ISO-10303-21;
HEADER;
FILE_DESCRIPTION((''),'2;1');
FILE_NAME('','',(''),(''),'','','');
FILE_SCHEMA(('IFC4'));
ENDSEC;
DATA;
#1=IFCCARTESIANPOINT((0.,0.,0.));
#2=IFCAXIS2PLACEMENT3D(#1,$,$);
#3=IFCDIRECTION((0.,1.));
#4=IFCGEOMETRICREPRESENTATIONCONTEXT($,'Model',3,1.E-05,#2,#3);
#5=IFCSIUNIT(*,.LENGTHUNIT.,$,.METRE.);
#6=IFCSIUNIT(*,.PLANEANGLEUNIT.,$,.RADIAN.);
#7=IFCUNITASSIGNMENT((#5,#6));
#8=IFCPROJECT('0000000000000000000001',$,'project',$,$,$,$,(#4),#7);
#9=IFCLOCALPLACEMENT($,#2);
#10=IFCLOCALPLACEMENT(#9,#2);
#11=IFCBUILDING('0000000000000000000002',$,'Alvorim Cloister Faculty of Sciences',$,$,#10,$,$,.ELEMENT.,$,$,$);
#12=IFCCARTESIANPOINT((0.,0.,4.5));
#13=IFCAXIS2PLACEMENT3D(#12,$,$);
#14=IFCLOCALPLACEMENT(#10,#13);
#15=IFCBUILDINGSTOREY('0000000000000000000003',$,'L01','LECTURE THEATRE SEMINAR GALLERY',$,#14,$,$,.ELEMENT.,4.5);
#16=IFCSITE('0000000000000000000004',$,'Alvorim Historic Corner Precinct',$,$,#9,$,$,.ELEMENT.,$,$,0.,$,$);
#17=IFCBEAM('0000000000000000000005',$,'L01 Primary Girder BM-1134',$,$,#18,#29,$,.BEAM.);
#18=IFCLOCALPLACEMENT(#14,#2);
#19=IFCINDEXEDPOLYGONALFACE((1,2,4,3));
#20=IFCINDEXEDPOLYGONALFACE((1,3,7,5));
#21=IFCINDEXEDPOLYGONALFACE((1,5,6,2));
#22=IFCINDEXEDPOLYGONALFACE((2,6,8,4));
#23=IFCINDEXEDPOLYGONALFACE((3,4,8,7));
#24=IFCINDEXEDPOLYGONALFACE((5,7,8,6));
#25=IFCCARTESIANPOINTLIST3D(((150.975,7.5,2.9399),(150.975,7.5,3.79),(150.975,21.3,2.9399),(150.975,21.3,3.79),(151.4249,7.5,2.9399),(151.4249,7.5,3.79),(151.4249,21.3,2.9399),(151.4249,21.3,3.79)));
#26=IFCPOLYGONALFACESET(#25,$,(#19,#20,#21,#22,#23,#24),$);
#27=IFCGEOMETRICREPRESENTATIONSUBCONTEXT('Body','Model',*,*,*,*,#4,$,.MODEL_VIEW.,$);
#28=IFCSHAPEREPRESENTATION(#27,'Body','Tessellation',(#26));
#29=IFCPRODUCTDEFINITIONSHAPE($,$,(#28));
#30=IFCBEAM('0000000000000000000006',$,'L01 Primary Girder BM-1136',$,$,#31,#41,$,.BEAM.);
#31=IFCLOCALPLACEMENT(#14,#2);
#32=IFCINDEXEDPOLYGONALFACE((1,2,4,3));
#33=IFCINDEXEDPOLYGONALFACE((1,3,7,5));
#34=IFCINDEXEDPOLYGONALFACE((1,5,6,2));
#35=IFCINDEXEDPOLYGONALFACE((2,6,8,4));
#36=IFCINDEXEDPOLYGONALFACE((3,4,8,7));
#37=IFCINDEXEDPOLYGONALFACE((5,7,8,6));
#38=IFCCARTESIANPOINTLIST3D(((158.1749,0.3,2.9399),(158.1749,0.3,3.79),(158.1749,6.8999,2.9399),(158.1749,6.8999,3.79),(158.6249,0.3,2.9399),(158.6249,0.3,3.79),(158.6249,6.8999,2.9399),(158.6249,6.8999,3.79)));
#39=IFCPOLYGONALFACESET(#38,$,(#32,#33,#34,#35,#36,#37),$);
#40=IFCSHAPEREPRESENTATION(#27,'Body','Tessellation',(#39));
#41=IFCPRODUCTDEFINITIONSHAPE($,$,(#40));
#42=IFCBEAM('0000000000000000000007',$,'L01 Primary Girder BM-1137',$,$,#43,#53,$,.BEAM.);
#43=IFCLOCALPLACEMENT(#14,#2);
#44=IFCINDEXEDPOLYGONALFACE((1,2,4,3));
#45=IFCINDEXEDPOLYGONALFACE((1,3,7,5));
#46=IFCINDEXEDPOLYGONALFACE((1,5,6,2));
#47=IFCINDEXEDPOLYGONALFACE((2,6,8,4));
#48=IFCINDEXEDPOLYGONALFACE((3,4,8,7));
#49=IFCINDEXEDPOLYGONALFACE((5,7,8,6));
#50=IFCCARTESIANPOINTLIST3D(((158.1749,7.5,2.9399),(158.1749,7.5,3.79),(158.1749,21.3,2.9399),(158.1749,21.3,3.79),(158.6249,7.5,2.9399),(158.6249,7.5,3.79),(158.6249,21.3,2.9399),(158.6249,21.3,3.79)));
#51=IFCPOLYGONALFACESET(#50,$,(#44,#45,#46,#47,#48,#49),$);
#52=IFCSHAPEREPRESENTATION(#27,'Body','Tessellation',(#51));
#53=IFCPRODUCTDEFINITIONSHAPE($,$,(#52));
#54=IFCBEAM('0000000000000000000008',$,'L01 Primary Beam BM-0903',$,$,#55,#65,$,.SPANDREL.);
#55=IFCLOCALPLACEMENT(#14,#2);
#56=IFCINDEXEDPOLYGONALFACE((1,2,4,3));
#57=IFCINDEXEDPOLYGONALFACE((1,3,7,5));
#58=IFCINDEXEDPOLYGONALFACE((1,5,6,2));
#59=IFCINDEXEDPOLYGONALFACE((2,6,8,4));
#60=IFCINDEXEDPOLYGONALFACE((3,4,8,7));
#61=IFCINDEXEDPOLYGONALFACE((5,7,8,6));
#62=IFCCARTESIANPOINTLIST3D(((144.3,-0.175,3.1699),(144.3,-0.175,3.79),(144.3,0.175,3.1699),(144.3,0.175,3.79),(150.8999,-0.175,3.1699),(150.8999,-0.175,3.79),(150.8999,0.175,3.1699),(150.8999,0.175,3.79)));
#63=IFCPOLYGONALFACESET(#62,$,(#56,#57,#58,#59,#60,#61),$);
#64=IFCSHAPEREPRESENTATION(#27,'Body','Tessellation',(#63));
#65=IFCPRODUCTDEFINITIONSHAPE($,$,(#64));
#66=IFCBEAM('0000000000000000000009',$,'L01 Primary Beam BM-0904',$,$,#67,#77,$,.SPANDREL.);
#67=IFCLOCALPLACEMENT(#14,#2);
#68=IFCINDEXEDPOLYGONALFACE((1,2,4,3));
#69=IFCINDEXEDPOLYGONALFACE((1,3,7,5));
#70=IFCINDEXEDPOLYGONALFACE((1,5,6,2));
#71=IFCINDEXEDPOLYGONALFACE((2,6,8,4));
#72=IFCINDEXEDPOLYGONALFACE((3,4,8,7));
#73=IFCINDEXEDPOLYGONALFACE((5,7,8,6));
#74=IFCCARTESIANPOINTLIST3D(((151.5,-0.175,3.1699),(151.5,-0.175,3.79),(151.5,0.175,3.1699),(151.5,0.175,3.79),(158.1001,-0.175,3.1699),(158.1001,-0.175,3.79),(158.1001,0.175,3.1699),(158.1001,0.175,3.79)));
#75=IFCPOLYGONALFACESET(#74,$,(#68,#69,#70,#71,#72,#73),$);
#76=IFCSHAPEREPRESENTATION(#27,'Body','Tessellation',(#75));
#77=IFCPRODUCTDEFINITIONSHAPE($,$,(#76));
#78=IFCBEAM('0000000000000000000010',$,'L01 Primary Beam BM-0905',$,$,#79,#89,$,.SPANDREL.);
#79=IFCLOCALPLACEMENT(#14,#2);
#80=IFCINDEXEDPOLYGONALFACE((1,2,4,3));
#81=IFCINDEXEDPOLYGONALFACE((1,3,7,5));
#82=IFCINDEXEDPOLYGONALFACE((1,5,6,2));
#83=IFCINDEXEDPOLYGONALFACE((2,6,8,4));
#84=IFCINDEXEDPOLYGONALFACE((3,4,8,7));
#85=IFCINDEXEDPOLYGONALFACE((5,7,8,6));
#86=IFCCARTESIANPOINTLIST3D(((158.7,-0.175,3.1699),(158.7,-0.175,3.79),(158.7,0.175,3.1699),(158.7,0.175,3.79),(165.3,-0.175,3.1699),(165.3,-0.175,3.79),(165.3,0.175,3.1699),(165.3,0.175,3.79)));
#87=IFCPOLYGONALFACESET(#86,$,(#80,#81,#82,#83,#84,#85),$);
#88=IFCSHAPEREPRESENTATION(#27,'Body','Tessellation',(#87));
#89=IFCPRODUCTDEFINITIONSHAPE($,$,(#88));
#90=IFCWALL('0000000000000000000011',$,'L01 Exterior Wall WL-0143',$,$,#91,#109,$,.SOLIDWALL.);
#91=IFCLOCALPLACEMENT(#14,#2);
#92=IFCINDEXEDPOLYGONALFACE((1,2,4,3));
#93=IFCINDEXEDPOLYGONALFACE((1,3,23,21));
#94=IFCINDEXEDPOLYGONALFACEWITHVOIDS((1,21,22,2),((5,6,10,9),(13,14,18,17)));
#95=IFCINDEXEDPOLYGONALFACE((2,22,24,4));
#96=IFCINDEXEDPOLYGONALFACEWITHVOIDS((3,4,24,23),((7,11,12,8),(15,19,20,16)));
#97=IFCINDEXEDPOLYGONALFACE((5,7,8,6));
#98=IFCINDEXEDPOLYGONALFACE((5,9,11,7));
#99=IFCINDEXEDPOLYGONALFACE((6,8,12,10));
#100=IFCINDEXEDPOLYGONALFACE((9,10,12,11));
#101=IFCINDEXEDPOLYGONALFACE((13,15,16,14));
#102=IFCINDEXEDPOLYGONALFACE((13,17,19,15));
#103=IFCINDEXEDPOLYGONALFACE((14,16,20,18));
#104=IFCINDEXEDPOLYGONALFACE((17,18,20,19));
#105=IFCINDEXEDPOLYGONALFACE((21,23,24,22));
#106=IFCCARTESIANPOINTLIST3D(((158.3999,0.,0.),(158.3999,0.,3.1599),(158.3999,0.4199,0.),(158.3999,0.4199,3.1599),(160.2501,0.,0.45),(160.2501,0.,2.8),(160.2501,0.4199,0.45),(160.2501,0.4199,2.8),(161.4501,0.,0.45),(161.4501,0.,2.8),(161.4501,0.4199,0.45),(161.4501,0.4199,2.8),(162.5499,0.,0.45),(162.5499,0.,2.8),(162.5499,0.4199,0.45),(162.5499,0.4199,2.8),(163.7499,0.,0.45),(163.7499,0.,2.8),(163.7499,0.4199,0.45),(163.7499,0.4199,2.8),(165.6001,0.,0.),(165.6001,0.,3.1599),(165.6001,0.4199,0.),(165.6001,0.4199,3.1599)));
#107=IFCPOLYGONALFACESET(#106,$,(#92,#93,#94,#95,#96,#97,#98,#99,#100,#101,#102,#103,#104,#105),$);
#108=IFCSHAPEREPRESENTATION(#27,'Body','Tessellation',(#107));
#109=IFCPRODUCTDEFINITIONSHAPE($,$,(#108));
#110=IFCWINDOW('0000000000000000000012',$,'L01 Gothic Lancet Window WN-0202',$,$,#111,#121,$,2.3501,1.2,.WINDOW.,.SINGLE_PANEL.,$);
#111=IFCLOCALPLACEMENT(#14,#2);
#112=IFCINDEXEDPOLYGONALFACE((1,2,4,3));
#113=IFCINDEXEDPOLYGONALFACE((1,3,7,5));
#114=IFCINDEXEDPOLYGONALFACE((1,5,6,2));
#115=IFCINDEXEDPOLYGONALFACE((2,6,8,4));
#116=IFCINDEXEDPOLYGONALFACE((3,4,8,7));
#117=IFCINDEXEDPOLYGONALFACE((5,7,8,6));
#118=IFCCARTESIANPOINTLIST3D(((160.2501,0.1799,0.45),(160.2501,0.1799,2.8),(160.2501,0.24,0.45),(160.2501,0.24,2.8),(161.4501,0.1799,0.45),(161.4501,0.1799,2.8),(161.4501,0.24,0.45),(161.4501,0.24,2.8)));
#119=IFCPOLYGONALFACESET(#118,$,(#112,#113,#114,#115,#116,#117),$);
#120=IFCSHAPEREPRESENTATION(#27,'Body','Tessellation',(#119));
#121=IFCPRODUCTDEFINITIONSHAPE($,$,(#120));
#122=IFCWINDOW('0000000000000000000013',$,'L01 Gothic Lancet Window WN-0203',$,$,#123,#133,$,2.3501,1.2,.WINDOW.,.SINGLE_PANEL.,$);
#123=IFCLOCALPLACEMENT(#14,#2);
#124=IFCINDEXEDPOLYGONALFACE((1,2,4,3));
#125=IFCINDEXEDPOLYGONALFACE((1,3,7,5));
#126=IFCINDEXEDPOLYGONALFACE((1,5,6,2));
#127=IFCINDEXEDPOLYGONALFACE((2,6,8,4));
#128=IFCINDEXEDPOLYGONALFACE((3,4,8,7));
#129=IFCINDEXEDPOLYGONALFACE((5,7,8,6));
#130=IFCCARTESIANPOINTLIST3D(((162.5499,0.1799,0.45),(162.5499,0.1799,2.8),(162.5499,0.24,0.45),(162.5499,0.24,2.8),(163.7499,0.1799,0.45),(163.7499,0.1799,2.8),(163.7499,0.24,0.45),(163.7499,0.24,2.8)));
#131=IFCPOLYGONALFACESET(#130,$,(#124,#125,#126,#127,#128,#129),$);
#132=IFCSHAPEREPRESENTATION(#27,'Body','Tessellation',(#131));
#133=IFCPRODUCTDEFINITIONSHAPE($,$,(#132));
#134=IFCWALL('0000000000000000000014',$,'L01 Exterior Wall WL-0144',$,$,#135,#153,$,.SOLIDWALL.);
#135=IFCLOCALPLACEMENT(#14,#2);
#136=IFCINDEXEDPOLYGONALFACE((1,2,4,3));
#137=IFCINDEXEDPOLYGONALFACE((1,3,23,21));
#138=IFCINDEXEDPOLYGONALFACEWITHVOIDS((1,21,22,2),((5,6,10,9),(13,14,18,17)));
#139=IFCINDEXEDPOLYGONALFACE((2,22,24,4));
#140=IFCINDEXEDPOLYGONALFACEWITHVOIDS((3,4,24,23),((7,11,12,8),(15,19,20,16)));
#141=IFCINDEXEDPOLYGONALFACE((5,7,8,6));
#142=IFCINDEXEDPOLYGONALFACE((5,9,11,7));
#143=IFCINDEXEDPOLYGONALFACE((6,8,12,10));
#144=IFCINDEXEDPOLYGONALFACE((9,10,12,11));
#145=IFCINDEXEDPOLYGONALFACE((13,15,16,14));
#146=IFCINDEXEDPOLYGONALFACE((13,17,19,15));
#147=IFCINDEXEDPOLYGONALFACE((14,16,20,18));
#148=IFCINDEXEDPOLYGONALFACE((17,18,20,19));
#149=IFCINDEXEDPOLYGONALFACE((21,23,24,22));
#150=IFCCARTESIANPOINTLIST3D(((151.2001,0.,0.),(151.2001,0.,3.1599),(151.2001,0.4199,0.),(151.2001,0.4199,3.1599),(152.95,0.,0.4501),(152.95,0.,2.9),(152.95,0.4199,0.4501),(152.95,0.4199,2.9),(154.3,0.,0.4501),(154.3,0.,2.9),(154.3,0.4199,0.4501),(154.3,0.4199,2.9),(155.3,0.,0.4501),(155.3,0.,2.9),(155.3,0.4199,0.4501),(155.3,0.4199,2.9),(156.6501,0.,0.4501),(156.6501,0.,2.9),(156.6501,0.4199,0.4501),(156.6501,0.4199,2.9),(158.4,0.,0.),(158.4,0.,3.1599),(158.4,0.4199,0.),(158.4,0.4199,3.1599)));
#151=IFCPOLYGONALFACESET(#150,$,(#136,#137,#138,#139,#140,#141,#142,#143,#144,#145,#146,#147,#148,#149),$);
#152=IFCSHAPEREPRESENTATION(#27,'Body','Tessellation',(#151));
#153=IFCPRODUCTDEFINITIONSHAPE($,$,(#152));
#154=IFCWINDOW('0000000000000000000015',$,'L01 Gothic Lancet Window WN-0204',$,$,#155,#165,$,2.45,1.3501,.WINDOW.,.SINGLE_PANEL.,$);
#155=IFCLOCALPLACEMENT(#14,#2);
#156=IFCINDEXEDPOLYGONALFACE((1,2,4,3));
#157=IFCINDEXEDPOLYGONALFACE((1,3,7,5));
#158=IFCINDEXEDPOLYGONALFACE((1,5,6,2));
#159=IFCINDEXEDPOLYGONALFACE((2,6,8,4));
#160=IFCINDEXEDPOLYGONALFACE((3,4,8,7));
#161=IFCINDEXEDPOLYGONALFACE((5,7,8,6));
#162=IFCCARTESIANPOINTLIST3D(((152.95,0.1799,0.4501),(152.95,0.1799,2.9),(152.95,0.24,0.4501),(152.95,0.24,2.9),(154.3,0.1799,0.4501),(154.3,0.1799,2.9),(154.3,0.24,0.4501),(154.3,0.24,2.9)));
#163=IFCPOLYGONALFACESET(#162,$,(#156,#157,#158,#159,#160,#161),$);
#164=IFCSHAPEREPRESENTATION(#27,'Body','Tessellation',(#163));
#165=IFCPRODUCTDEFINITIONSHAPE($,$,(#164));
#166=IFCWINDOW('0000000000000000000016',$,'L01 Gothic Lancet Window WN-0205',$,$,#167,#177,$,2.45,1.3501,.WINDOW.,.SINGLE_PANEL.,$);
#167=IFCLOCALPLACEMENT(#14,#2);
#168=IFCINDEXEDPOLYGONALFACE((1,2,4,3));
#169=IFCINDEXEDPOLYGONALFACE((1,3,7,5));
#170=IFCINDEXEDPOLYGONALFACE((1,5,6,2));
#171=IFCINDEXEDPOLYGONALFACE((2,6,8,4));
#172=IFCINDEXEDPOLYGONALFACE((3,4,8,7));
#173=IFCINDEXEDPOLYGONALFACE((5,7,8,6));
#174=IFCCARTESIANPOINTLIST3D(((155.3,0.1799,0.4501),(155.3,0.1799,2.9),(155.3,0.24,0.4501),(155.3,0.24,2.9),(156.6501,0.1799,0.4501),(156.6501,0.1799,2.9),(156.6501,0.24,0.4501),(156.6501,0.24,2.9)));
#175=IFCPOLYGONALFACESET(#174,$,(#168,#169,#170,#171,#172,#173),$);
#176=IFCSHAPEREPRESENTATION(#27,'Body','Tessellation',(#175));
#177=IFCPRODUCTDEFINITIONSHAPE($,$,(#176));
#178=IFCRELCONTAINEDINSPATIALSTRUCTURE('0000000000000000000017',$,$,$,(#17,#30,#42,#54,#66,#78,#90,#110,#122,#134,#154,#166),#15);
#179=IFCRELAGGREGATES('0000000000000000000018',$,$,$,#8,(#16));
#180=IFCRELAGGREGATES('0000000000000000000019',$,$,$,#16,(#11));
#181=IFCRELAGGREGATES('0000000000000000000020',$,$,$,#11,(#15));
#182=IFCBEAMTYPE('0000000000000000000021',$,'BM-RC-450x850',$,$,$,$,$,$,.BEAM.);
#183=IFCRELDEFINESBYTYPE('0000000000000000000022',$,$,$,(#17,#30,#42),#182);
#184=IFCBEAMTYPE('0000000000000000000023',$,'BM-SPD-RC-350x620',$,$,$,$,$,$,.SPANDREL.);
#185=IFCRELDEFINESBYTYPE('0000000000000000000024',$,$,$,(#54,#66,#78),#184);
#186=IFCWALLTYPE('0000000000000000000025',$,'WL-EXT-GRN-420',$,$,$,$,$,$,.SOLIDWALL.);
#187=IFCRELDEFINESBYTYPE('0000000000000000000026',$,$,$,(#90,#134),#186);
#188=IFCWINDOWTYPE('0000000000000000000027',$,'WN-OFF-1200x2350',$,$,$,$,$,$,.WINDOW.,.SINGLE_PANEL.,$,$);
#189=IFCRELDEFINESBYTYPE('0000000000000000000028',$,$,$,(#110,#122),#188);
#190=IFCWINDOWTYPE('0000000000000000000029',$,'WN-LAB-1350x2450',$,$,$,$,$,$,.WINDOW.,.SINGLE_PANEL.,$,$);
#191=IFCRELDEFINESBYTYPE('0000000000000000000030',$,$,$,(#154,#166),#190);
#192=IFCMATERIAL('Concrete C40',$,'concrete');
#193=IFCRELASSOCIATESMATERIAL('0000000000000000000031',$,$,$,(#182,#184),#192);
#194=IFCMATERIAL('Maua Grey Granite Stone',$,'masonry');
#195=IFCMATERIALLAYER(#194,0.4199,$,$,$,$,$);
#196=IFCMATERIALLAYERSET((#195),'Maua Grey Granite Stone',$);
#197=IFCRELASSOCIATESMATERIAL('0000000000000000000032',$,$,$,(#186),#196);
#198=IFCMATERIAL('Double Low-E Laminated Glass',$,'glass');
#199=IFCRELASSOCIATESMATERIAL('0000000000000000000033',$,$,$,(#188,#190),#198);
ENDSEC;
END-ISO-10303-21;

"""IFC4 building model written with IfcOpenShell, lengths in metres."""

from ifc_helpers import new_model, si_unit, direction, frame, frame_2d, origin, origin_2d, place, context, subcontext, project, spatial, rectangle, extrude, material, layer, layer_set, material_profile, profile_set, type_object, element, fill, save


model = new_model("IFC4")

# Units and contexts
model_context = context("Model", 3, precision=1e-05, world=origin(), true_north=direction((0.0, 1.0)))
body_context = subcontext(model_context, "Body", "Model", "MODEL_VIEW")
ifc_project = project(units=[si_unit("LENGTHUNIT", "METRE"), si_unit("PLANEANGLEUNIT", "RADIAN")], contexts=[model_context])

# Site, building, storey
site_placement = place(None, origin())
site = spatial("IfcSite", under=ifc_project, at=site_placement, Name="Alvorim Historic Corner Precinct", CompositionType="ELEMENT", RefElevation=0.0)
building_placement = place(site_placement, origin())
building = spatial("IfcBuilding", under=site, at=building_placement, Name="Alvorim Cloister Faculty of Sciences", CompositionType="ELEMENT")
storey_placement = place(building_placement, frame((0.0, 0.0, 4.5)))
storey = spatial("IfcBuildingStorey", under=building, at=storey_placement, Name="L01", Description="LECTURE THEATRE SEMINAR GALLERY", CompositionType="ELEMENT", Elevation=4.5)

# Shared definitions
ifc_material_1 = material(Name="Concrete C40", Category="concrete")

# Beams
ifc_material_profile_1 = material_profile(ifc_material_1, rectangle(XDim=0.45, YDim=0.8501, at=origin_2d()), Name="RC40-BM-450x850")
ifc_profile_set_1 = profile_set([ifc_material_profile_1], Name="Concrete C40")
beam_type_1 = type_object("IfcBeamType", Name="BM-RC-450x850", PredefinedType="BEAM", material=ifc_profile_set_1)
beam_1_placement = place(storey_placement, frame((151.2, 7.5, 3.365), z_axis=(0.0, 1.0, 0.0), x_axis=(-1.0, 0.0, 0.0)))
element("IfcBeam", 1, at=beam_1_placement, inside=storey, type_object=beam_type_1, Name="L01 Primary Girder BM-1134", PredefinedType="BEAM", context=body_context, shape_type="SweptSolid", body=[
    extrude(rectangle(XDim=0.45, YDim=0.8501, at=origin_2d()), origin(), (0.0, 0.0, 1.0), 13.8),
])
beam_2_placement = place(storey_placement, frame((158.3999, 0.3, 3.365), z_axis=(0.0, 1.0, 0.0), x_axis=(-1.0, 0.0, 0.0)))
element("IfcBeam", 2, at=beam_2_placement, inside=storey, type_object=beam_type_1, Name="L01 Primary Girder BM-1136", PredefinedType="BEAM", context=body_context, shape_type="SweptSolid", body=[
    extrude(rectangle(XDim=0.45, YDim=0.8501, at=origin_2d()), origin(), (0.0, 0.0, 1.0), 6.5999),
])
beam_3_placement = place(storey_placement, frame((158.3999, 7.5, 3.365), z_axis=(0.0, 1.0, 0.0), x_axis=(-1.0, 0.0, 0.0)))
element("IfcBeam", 3, at=beam_3_placement, inside=storey, type_object=beam_type_1, Name="L01 Primary Girder BM-1137", PredefinedType="BEAM", context=body_context, shape_type="SweptSolid", body=[
    extrude(rectangle(XDim=0.45, YDim=0.8501, at=origin_2d()), origin(), (0.0, 0.0, 1.0), 13.8),
])
ifc_material_profile_2 = material_profile(ifc_material_1, rectangle(XDim=0.3501, YDim=0.6201, at=origin_2d()), Name="RC40-SPD-350x620")
ifc_profile_set_2 = profile_set([ifc_material_profile_2], Name="Concrete C40")
beam_type_2 = type_object("IfcBeamType", Name="BM-SPD-RC-350x620", PredefinedType="SPANDREL", material=ifc_profile_set_2)
beam_4_placement = place(storey_placement, frame((144.3, 0.0, 3.48), z_axis=(1.0, 0.0, 0.0), x_axis=(0.0, 1.0, 0.0)))
element("IfcBeam", 4, at=beam_4_placement, inside=storey, type_object=beam_type_2, Name="L01 Primary Beam BM-0903", PredefinedType="SPANDREL", context=body_context, shape_type="SweptSolid", body=[
    extrude(rectangle(XDim=0.3501, YDim=0.6201, at=origin_2d()), origin(), (0.0, 0.0, 1.0), 6.5999),
])
for number, where, z_axis, x_axis, name in (
    (5, (151.5, 0.0, 3.48), (1.0, 0.0, 0.0), (0.0, 1.0, 0.0), "L01 Primary Beam BM-0904"),
    (6, (158.7, 0.0, 3.48), (1.0, 0.0, 0.0), (0.0, 1.0, 0.0), "L01 Primary Beam BM-0905"),
):
    element("IfcBeam", number, at=place(storey_placement, frame(where, z_axis=z_axis, x_axis=x_axis)), inside=storey, type_object=beam_type_2, Name=name, PredefinedType="SPANDREL", context=body_context, shape_type="SweptSolid", body=[
        extrude(rectangle(XDim=0.3501, YDim=0.6201, at=origin_2d()), origin(), (0.0, 0.0, 1.0), 6.6001),
    ])

# Walls, openings, windows
ifc_material_2 = material(Name="Maua Grey Granite Stone", Category="masonry")
ifc_layer = layer(ifc_material_2, 0.4199)
ifc_layer_set = layer_set([ifc_layer], Name="Maua Grey Granite Stone")
wall_type = type_object("IfcWallType", Name="WL-EXT-GRN-420", PredefinedType="SOLIDWALL", material=ifc_layer_set)
wall_1_placement = place(storey_placement, frame((158.3999, 0.21, 0.0), z_axis=(0.0, 0.0, 1.0), x_axis=(1.0, 0.0, 0.0)))
wall_1 = element("IfcWall", 7, at=wall_1_placement, inside=storey, type_object=wall_type, Name="L01 Exterior Wall WL-0143", PredefinedType="SOLIDWALL", context=body_context, shape_type="SweptSolid", body=[
    extrude(rectangle(XDim=7.2002, YDim=0.4199, at=frame_2d((3.6001, 0.0))), origin(), (0.0, 0.0, 1.0), 3.1599),
])
opening_1_placement = place(wall_1_placement, frame((1.8501, 0.0, 0.45)))
opening_1 = element("IfcOpeningElement", 8, at=opening_1_placement, cuts=wall_1, PredefinedType="OPENING", context=body_context, shape_type="SweptSolid", body=[
    extrude(rectangle(XDim=1.2, YDim=2.3501, at=frame_2d((0.6001, 1.175))), frame((0.0, 0.2219, 0.0), z_axis=(0.0, -1.0, 0.0), x_axis=(1.0, 0.0, 0.0)), (0.0, 0.0, 1.0), 0.4438),
])
opening_2_placement = place(wall_1_placement, frame((4.1499, 0.0, 0.45)))
opening_2 = element("IfcOpeningElement", 9, at=opening_2_placement, cuts=wall_1, PredefinedType="OPENING", context=body_context, shape_type="SweptSolid", body=[
    extrude(rectangle(XDim=1.2, YDim=2.3501, at=frame_2d((0.6001, 1.175))), frame((0.0, 0.2219, 0.0), z_axis=(0.0, -1.0, 0.0), x_axis=(1.0, 0.0, 0.0)), (0.0, 0.0, 1.0), 0.4438),
])
ifc_material_3 = material(Name="Double Low-E Laminated Glass", Category="glass")
window_type_1 = type_object("IfcWindowType", Name="WN-OFF-1200x2350", PartitioningType="SINGLE_PANEL", PredefinedType="WINDOW", material=ifc_material_3)
window_1_placement = place(opening_1_placement, origin())
window_1 = element("IfcWindow", 10, at=window_1_placement, inside=storey, type_object=window_type_1, Name="L01 Gothic Lancet Window WN-0202", OverallHeight=2.3501, OverallWidth=1.2, PartitioningType="SINGLE_PANEL", PredefinedType="WINDOW", context=body_context, shape_type="SweptSolid", body=[
    extrude(rectangle(XDim=1.2, YDim=2.3501, at=frame_2d((0.6001, 1.175))), frame((0.0, 0.03, 0.0), z_axis=(0.0, -1.0, 0.0), x_axis=(1.0, 0.0, 0.0)), (0.0, 0.0, 1.0), 0.0601),
])
fill(opening_1, window_1)
window_2_placement = place(opening_2_placement, origin())
window_2 = element("IfcWindow", 11, at=window_2_placement, inside=storey, type_object=window_type_1, Name="L01 Gothic Lancet Window WN-0203", OverallHeight=2.3501, OverallWidth=1.2, PartitioningType="SINGLE_PANEL", PredefinedType="WINDOW", context=body_context, shape_type="SweptSolid", body=[
    extrude(rectangle(XDim=1.2, YDim=2.3501, at=frame_2d((0.6001, 1.175))), frame((0.0, 0.03, 0.0), z_axis=(0.0, -1.0, 0.0), x_axis=(1.0, 0.0, 0.0)), (0.0, 0.0, 1.0), 0.0601),
])
fill(opening_2, window_2)
wall_2_placement = place(storey_placement, frame((151.2, 0.21, 0.0), z_axis=(0.0, 0.0, 1.0), x_axis=(1.0, 0.0, 0.0)))
wall_2 = element("IfcWall", 12, at=wall_2_placement, inside=storey, type_object=wall_type, Name="L01 Exterior Wall WL-0144", PredefinedType="SOLIDWALL", context=body_context, shape_type="SweptSolid", body=[
    extrude(rectangle(XDim=7.2, YDim=0.4199, at=frame_2d((3.6001, 0.0))), origin(), (0.0, 0.0, 1.0), 3.1599),
])
opening_3_placement = place(wall_2_placement, frame((1.75, 0.0, 0.45)))
opening_3 = element("IfcOpeningElement", 13, at=opening_3_placement, cuts=wall_2, PredefinedType="OPENING", context=body_context, shape_type="SweptSolid", body=[
    extrude(rectangle(XDim=1.3501, YDim=2.45, at=frame_2d((0.675, 1.2251))), frame((0.0, 0.2219, 0.0), z_axis=(0.0, -1.0, 0.0), x_axis=(1.0, 0.0, 0.0)), (0.0, 0.0, 1.0), 0.4438),
])
opening_4_placement = place(wall_2_placement, frame((4.1001, 0.0, 0.45)))
opening_4 = element("IfcOpeningElement", 14, at=opening_4_placement, cuts=wall_2, PredefinedType="OPENING", context=body_context, shape_type="SweptSolid", body=[
    extrude(rectangle(XDim=1.3501, YDim=2.45, at=frame_2d((0.675, 1.2251))), frame((0.0, 0.2219, 0.0), z_axis=(0.0, -1.0, 0.0), x_axis=(1.0, 0.0, 0.0)), (0.0, 0.0, 1.0), 0.4438),
])
window_type_2 = type_object("IfcWindowType", Name="WN-LAB-1350x2450", PartitioningType="SINGLE_PANEL", PredefinedType="WINDOW", material=ifc_material_3)
window_3_placement = place(opening_3_placement, origin())
window_3 = element("IfcWindow", 15, at=window_3_placement, inside=storey, type_object=window_type_2, Name="L01 Gothic Lancet Window WN-0204", OverallHeight=2.45, OverallWidth=1.3501, PartitioningType="SINGLE_PANEL", PredefinedType="WINDOW", context=body_context, shape_type="SweptSolid", body=[
    extrude(rectangle(XDim=1.3501, YDim=2.45, at=frame_2d((0.675, 1.2251))), frame((0.0, 0.03, 0.0), z_axis=(0.0, -1.0, 0.0), x_axis=(1.0, 0.0, 0.0)), (0.0, 0.0, 1.0), 0.0601),
])
fill(opening_3, window_3)
window_4_placement = place(opening_4_placement, origin())
window_4 = element("IfcWindow", 16, at=window_4_placement, inside=storey, type_object=window_type_2, Name="L01 Gothic Lancet Window WN-0205", OverallHeight=2.45, OverallWidth=1.3501, PartitioningType="SINGLE_PANEL", PredefinedType="WINDOW", context=body_context, shape_type="SweptSolid", body=[
    extrude(rectangle(XDim=1.3501, YDim=2.45, at=frame_2d((0.675, 1.2251))), frame((0.0, 0.03, 0.0), z_axis=(0.0, -1.0, 0.0), x_axis=(1.0, 0.0, 0.0)), (0.0, 0.0, 1.0), 0.0601),
])
fill(opening_4, window_4)

save(model, "model.ifc")
